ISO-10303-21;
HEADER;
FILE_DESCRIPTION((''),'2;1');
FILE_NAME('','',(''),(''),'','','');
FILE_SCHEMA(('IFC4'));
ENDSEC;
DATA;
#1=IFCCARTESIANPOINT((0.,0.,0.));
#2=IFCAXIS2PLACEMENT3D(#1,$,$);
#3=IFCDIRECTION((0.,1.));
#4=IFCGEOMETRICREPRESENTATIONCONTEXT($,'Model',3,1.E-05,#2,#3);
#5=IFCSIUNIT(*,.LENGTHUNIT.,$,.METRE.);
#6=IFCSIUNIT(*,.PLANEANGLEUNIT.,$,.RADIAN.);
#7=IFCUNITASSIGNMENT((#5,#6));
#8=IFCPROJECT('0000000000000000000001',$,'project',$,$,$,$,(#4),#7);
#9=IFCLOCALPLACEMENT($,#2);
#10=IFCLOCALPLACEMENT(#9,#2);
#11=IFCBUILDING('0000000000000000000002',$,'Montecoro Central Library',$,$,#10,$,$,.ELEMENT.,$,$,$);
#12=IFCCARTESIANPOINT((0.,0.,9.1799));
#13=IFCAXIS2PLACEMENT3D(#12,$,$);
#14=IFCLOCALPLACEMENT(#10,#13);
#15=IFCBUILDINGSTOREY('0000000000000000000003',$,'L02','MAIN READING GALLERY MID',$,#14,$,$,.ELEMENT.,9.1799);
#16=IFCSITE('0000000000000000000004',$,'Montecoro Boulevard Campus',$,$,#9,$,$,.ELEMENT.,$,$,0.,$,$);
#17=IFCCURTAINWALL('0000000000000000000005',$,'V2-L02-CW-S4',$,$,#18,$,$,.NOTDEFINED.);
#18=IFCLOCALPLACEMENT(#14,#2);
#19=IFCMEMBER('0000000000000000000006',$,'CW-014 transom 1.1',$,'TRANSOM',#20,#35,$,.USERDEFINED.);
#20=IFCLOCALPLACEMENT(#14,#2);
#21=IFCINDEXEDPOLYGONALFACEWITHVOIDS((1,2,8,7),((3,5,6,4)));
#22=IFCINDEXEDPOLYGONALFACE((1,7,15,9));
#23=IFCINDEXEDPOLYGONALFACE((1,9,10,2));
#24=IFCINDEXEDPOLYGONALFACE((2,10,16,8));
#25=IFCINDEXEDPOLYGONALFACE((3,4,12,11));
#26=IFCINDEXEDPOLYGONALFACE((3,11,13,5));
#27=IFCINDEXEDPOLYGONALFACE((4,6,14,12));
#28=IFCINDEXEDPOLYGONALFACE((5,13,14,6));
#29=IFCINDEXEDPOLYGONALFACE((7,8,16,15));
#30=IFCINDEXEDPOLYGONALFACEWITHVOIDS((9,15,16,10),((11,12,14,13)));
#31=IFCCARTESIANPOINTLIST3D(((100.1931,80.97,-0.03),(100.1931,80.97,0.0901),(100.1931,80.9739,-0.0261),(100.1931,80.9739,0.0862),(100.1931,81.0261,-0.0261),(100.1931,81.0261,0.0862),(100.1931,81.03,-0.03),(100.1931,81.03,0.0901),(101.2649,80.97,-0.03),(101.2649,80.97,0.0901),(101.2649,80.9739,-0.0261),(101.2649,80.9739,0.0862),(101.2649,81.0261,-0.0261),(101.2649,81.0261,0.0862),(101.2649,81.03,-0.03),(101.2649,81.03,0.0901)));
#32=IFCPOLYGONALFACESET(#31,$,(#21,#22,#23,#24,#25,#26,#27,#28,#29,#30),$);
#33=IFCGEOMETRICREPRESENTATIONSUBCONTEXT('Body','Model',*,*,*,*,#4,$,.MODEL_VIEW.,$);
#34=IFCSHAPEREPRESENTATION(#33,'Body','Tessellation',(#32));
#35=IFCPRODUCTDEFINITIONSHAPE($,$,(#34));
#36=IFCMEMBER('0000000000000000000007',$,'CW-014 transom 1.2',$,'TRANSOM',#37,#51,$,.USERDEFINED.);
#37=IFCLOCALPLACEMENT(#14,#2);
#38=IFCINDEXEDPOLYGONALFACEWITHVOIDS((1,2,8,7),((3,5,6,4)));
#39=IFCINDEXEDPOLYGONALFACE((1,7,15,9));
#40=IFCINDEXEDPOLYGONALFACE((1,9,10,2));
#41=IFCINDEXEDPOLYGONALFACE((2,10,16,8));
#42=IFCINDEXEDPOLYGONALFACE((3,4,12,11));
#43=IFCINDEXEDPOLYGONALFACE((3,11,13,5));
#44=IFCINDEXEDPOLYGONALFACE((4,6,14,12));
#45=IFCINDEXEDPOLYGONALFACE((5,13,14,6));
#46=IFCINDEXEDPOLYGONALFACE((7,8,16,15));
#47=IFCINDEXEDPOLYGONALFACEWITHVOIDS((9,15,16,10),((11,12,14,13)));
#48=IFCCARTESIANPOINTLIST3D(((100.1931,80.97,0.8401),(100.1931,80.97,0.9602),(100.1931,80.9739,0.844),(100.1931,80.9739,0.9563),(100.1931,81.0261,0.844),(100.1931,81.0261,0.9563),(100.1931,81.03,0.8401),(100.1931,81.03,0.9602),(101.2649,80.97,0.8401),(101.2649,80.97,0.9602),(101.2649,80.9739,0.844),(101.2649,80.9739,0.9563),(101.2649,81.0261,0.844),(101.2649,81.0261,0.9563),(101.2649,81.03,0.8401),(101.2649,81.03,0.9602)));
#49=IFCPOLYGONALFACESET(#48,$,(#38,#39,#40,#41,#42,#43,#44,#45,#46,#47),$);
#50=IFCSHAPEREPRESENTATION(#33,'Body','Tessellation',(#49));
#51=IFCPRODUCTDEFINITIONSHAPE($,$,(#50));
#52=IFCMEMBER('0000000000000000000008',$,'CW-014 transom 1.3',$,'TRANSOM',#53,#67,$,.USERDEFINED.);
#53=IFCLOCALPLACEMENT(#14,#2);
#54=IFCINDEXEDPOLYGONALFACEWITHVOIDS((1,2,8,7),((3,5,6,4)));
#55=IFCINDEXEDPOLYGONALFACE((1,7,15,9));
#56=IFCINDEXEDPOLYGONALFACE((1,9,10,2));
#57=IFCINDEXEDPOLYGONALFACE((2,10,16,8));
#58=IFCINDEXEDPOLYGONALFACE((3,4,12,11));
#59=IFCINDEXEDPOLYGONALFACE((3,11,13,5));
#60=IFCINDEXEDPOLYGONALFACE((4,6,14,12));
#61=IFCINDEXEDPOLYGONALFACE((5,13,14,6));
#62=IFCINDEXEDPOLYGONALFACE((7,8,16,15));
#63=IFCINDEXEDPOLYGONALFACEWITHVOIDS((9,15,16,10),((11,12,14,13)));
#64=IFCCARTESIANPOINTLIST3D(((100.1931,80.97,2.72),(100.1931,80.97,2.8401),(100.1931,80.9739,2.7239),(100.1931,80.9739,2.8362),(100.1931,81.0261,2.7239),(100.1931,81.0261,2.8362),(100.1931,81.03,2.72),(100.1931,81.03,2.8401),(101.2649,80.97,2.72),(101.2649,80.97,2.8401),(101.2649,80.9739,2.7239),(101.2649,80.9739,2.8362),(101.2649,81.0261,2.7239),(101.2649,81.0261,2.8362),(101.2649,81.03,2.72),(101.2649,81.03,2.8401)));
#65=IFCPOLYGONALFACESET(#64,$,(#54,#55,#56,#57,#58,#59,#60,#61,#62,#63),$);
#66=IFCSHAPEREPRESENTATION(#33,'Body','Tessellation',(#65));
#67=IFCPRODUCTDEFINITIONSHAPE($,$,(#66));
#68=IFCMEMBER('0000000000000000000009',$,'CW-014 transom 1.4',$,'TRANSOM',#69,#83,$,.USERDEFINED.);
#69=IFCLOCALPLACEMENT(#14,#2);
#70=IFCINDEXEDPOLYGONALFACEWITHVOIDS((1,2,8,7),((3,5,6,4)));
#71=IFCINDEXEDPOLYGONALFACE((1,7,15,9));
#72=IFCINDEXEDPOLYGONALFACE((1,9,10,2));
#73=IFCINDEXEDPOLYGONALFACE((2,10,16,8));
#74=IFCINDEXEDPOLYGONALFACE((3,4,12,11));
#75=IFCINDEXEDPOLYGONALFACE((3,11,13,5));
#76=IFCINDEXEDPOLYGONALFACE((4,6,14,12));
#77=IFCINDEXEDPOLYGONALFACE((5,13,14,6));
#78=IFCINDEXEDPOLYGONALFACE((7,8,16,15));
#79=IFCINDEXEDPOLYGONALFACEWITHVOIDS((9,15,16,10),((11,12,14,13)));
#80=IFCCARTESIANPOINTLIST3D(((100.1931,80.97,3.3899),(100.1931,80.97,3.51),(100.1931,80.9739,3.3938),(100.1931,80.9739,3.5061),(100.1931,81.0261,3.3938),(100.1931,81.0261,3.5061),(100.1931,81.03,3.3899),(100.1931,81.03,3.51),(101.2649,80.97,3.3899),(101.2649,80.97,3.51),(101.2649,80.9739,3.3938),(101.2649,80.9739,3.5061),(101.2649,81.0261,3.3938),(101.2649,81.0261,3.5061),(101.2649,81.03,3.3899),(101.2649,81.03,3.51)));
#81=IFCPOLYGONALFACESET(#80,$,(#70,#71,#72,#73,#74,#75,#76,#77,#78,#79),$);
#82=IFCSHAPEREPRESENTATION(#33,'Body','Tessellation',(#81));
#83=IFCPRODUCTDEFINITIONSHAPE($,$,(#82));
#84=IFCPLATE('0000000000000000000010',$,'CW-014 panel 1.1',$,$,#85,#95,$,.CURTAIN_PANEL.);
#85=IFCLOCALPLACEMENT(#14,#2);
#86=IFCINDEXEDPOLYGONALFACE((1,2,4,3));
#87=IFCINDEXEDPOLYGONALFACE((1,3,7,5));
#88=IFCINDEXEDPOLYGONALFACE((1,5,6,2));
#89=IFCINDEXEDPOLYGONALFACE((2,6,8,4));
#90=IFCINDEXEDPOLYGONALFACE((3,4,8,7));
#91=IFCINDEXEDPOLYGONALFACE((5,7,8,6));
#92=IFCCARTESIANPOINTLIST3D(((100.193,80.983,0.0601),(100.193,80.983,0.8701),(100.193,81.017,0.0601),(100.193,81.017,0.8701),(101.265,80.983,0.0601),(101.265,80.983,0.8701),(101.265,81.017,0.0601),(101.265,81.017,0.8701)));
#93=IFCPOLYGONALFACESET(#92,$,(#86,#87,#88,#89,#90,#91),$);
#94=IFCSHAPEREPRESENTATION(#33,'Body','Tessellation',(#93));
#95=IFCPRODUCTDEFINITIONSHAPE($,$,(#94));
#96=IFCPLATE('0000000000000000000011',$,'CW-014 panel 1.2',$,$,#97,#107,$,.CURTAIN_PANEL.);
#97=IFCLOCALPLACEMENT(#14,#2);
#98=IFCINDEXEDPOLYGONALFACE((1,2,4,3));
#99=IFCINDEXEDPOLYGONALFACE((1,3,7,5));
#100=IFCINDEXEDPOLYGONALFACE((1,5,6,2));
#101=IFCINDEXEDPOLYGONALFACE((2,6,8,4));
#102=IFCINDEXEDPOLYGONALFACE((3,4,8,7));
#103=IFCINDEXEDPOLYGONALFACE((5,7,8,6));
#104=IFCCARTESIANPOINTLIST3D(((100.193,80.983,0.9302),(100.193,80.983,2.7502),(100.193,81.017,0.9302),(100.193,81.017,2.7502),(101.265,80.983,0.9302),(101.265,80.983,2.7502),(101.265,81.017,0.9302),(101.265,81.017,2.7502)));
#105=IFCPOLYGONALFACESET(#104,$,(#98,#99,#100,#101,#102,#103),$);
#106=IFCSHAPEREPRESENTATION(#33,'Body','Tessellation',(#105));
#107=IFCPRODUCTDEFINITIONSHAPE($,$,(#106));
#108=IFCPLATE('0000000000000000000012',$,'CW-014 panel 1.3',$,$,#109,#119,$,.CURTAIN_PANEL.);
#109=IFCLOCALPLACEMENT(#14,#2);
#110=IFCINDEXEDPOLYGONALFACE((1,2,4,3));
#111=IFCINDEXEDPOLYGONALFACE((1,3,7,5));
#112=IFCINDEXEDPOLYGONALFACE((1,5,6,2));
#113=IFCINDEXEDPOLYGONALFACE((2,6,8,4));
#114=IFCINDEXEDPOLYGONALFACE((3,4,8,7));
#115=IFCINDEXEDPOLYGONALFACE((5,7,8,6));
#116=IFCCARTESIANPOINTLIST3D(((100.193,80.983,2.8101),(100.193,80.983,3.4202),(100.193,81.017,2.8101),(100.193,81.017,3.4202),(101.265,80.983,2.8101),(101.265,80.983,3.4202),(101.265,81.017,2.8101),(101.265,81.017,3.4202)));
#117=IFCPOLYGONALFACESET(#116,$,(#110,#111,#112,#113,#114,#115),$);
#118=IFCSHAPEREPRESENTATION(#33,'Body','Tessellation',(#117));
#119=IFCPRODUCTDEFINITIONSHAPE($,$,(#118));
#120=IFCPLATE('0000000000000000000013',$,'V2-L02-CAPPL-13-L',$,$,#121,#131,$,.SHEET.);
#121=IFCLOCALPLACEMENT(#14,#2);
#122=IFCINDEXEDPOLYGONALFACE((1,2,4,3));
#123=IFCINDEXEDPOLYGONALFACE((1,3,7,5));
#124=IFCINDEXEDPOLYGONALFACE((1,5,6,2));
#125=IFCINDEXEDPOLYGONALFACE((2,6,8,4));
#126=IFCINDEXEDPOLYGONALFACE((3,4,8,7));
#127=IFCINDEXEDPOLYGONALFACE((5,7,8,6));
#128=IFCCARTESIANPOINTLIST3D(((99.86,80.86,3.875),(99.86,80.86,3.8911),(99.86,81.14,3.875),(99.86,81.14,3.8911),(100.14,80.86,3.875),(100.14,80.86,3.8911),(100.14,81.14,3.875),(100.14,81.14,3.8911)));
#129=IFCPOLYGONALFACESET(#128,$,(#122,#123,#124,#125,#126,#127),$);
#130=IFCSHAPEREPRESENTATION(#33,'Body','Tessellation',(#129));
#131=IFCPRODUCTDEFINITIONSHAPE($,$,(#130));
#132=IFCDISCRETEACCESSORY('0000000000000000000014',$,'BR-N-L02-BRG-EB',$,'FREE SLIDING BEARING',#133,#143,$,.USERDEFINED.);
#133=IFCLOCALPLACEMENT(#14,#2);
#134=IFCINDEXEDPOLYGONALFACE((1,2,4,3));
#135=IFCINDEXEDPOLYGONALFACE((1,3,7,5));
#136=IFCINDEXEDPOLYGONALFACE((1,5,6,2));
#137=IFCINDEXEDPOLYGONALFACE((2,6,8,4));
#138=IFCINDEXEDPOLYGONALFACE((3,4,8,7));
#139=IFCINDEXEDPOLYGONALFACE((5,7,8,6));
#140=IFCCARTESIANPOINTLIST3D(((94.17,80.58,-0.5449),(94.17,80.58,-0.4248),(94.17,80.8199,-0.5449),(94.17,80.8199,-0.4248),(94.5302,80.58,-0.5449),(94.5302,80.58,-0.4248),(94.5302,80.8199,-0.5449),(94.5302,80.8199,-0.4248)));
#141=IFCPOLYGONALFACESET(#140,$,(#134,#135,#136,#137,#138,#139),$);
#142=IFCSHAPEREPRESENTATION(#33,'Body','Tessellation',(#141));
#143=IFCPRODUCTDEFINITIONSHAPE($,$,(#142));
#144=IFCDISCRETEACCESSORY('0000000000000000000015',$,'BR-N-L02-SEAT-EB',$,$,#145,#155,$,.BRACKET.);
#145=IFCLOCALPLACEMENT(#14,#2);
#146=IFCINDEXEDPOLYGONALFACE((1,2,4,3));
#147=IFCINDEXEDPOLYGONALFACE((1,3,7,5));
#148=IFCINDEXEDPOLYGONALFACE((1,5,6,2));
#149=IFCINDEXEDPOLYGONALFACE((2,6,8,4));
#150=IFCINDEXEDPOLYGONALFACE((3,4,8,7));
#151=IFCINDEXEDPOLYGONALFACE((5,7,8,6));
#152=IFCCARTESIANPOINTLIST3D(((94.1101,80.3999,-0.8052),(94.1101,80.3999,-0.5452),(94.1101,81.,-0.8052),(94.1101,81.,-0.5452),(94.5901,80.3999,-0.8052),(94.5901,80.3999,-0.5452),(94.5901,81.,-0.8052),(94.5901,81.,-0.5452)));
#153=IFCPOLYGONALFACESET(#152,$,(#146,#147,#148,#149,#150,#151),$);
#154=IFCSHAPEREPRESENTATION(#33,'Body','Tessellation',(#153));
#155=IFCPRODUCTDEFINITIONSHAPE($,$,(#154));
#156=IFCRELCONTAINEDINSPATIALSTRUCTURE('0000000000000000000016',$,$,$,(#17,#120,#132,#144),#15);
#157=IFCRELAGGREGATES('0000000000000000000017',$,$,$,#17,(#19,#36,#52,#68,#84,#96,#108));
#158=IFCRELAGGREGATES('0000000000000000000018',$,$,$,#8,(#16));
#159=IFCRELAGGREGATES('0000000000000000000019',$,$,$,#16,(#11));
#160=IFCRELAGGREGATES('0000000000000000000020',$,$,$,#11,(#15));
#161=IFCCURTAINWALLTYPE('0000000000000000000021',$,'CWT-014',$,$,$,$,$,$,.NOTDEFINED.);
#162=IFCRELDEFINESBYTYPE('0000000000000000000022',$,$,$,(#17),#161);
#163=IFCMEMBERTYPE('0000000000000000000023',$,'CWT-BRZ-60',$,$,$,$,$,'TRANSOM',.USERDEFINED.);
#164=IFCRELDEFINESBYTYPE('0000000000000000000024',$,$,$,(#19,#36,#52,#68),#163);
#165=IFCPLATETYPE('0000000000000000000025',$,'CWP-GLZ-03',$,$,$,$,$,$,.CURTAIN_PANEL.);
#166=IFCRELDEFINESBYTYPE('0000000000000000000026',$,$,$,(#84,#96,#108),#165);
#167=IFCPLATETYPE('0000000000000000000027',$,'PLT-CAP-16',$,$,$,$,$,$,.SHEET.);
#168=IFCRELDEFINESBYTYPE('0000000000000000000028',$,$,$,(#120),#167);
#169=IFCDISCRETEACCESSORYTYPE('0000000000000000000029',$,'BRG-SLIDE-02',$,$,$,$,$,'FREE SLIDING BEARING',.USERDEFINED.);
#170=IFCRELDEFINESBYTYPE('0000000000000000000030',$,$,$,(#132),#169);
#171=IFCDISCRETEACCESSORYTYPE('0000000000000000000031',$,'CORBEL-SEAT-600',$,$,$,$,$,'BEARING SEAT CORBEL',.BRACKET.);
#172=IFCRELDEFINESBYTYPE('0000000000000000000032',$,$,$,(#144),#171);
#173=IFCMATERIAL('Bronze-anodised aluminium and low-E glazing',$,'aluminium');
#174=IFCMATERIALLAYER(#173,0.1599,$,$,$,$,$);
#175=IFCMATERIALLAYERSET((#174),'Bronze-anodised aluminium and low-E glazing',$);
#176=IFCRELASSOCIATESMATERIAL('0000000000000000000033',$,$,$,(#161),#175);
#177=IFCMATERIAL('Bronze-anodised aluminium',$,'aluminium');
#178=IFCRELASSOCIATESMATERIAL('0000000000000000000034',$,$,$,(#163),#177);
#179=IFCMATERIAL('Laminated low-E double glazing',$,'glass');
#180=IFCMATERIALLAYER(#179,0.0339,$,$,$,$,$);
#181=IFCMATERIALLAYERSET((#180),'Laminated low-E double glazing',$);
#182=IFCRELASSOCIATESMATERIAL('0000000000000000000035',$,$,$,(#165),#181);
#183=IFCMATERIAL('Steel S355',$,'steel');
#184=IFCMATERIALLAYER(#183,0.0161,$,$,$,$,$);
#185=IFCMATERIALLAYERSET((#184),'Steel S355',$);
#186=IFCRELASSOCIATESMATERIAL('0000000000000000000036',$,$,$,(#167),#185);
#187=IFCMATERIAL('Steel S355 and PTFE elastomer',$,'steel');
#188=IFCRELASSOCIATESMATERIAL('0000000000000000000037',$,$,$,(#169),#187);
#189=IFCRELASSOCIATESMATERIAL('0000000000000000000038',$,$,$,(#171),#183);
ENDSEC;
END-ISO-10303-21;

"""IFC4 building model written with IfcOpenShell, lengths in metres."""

from ifc_helpers import new_model, si_unit, direction, frame, origin, origin_2d, place, context, subcontext, project, spatial, rectangle, hollow_rectangle, extrude, material, layer, layer_set, material_profile, profile_set, type_object, element, aggregate, save


model = new_model("IFC4")

# Units and contexts
model_context = context("Model", 3, precision=1e-05, world=origin(), true_north=direction((0.0, 1.0)))
body_context = subcontext(model_context, "Body", "Model", "MODEL_VIEW")
ifc_project = project(units=[si_unit("LENGTHUNIT", "METRE"), si_unit("PLANEANGLEUNIT", "RADIAN")], contexts=[model_context])

# Site, building, storey
site_placement = place(None, origin())
site = spatial("IfcSite", under=ifc_project, at=site_placement, Name="Montecoro Boulevard Campus", CompositionType="ELEMENT", RefElevation=0.0)
building_placement = place(site_placement, origin())
building = spatial("IfcBuilding", under=site, at=building_placement, Name="Montecoro Central Library", CompositionType="ELEMENT")
storey_placement = place(building_placement, frame((0.0, 0.0, 9.1799)))
storey = spatial("IfcBuildingStorey", under=building, at=storey_placement, Name="L02", Description="MAIN READING GALLERY MID", CompositionType="ELEMENT", Elevation=9.1799)

# Shared definitions
ifc_material_1 = material(Name="Steel S355", Category="steel")

# Curtain wall
ifc_material_2 = material(Name="Bronze-anodised aluminium and low-E glazing", Category="aluminium")
ifc_layer_1 = layer(ifc_material_2, 0.1599)
ifc_layer_set_1 = layer_set([ifc_layer_1], Name="Bronze-anodised aluminium and low-E glazing")
curtain_wall_type_1 = type_object("IfcCurtainWallType", Name="CWT-014", PredefinedType="NOTDEFINED", material=ifc_layer_set_1)
curtain_wall_1_placement = place(storey_placement, origin())
curtain_wall_1 = element("IfcCurtainWall", 1, at=curtain_wall_1_placement, inside=storey, type_object=curtain_wall_type_1, Name="V2-L02-CW-S4", PredefinedType="NOTDEFINED")
ifc_material_3 = material(Name="Bronze-anodised aluminium", Category="aluminium")

# Members
ifc_material_profile_1 = material_profile(ifc_material_3, hollow_rectangle(XDim=0.0601, YDim=0.1201, WallThickness=0.0039, at=origin_2d()), Name="CWT 120x60x4.0")
ifc_profile_set_1 = profile_set([ifc_material_profile_1], Name="Bronze-anodised aluminium")
member_type_1 = type_object("IfcMemberType", Name="CWT-BRZ-60", ElementType="TRANSOM", PredefinedType="USERDEFINED", material=ifc_profile_set_1)
member_1_placement = place(storey_placement, frame((100.1931, 81.0, 0.03), z_axis=(1.0, 0.0, 0.0), x_axis=(0.0, 1.0, 0.0)))
member_1 = element("IfcMember", 2, at=member_1_placement, type_object=member_type_1, Name="CW-014 transom 1.1", ObjectType="TRANSOM", PredefinedType="USERDEFINED", context=body_context, shape_type="SweptSolid", body=[
    extrude(hollow_rectangle(XDim=0.0601, YDim=0.1201, WallThickness=0.0039, at=origin_2d()), origin(), (0.0, 0.0, 1.0), 1.0718),
])
member_2_placement = place(storey_placement, frame((100.1931, 81.0, 0.9001), z_axis=(1.0, 0.0, 0.0), x_axis=(0.0, 1.0, 0.0)))
member_2 = element("IfcMember", 3, at=member_2_placement, type_object=member_type_1, Name="CW-014 transom 1.2", ObjectType="TRANSOM", PredefinedType="USERDEFINED", context=body_context, shape_type="SweptSolid", body=[
    extrude(hollow_rectangle(XDim=0.0601, YDim=0.1201, WallThickness=0.0039, at=origin_2d()), origin(), (0.0, 0.0, 1.0), 1.0718),
])
member_3_placement = place(storey_placement, frame((100.1931, 81.0, 2.78), z_axis=(1.0, 0.0, 0.0), x_axis=(0.0, 1.0, 0.0)))
member_3 = element("IfcMember", 4, at=member_3_placement, type_object=member_type_1, Name="CW-014 transom 1.3", ObjectType="TRANSOM", PredefinedType="USERDEFINED", context=body_context, shape_type="SweptSolid", body=[
    extrude(hollow_rectangle(XDim=0.0601, YDim=0.1201, WallThickness=0.0039, at=origin_2d()), origin(), (0.0, 0.0, 1.0), 1.0718),
])
member_4_placement = place(storey_placement, frame((100.1931, 81.0, 3.45), z_axis=(1.0, 0.0, 0.0), x_axis=(0.0, 1.0, 0.0)))
member_4 = element("IfcMember", 5, at=member_4_placement, type_object=member_type_1, Name="CW-014 transom 1.4", ObjectType="TRANSOM", PredefinedType="USERDEFINED", context=body_context, shape_type="SweptSolid", body=[
    extrude(hollow_rectangle(XDim=0.0601, YDim=0.1201, WallThickness=0.0039, at=origin_2d()), origin(), (0.0, 0.0, 1.0), 1.0718),
])

# Plates
ifc_material_4 = material(Name="Laminated low-E double glazing", Category="glass")
ifc_layer_2 = layer(ifc_material_4, 0.0339)
ifc_layer_set_2 = layer_set([ifc_layer_2], Name="Laminated low-E double glazing")
plate_type_1 = type_object("IfcPlateType", Name="CWP-GLZ-03", PredefinedType="CURTAIN_PANEL", material=ifc_layer_set_2)
plate_1_placement = place(storey_placement, frame((100.729, 81.0, 0.0601), z_axis=(0.0, 0.0, 1.0), x_axis=(1.0, 0.0, 0.0)))
plate_1 = element("IfcPlate", 6, at=plate_1_placement, type_object=plate_type_1, Name="CW-014 panel 1.1", PredefinedType="CURTAIN_PANEL", context=body_context, shape_type="SweptSolid", body=[
    extrude(rectangle(XDim=1.072, YDim=0.0339, at=origin_2d()), origin(), (0.0, 0.0, 1.0), 0.8101),
])
plate_2_placement = place(storey_placement, frame((100.729, 81.0, 0.9302), z_axis=(0.0, 0.0, 1.0), x_axis=(1.0, 0.0, 0.0)))
plate_2 = element("IfcPlate", 7, at=plate_2_placement, type_object=plate_type_1, Name="CW-014 panel 1.2", PredefinedType="CURTAIN_PANEL", context=body_context, shape_type="SweptSolid", body=[
    extrude(rectangle(XDim=1.072, YDim=0.0339, at=origin_2d()), origin(), (0.0, 0.0, 1.0), 1.8201),
])
plate_3_placement = place(storey_placement, frame((100.729, 81.0, 2.8101), z_axis=(0.0, 0.0, 1.0), x_axis=(1.0, 0.0, 0.0)))
plate_3 = element("IfcPlate", 8, at=plate_3_placement, type_object=plate_type_1, Name="CW-014 panel 1.3", PredefinedType="CURTAIN_PANEL", context=body_context, shape_type="SweptSolid", body=[
    extrude(rectangle(XDim=1.072, YDim=0.0339, at=origin_2d()), origin(), (0.0, 0.0, 1.0), 0.6101),
])
aggregate(curtain_wall_1, [member_1, member_2, member_3, member_4, plate_1, plate_2, plate_3])
ifc_layer_3 = layer(ifc_material_1, 0.0161)
ifc_layer_set_3 = layer_set([ifc_layer_3], Name="Steel S355")
plate_type_2 = type_object("IfcPlateType", Name="PLT-CAP-16", PredefinedType="SHEET", material=ifc_layer_set_3)
plate_4_placement = place(storey_placement, frame((100.0, 81.0, 3.875), z_axis=(0.0, 0.0, 1.0), x_axis=(1.0, 0.0, 0.0)))
element("IfcPlate", 9, at=plate_4_placement, inside=storey, type_object=plate_type_2, Name="V2-L02-CAPPL-13-L", PredefinedType="SHEET", context=body_context, shape_type="SweptSolid", body=[
    extrude(rectangle(XDim=0.28, YDim=0.28, at=origin_2d()), origin(), (0.0, 0.0, 1.0), 0.0161),
])

# Discrete accessories
ifc_material_5 = material(Name="Steel S355 and PTFE elastomer", Category="steel")
discrete_accessory_type_1 = type_object("IfcDiscreteAccessoryType", Name="BRG-SLIDE-02", ElementType="FREE SLIDING BEARING", PredefinedType="USERDEFINED", material=ifc_material_5)
discrete_accessory_1_placement = place(storey_placement, frame((94.3501, 80.7, -0.5449), z_axis=(0.0, 0.0, 1.0), x_axis=(1.0, 0.0, 0.0)))
element("IfcDiscreteAccessory", 10, at=discrete_accessory_1_placement, inside=storey, type_object=discrete_accessory_type_1, Name="BR-N-L02-BRG-EB", ObjectType="FREE SLIDING BEARING", PredefinedType="USERDEFINED", context=body_context, shape_type="SweptSolid", body=[
    extrude(rectangle(XDim=0.3601, YDim=0.24, at=origin_2d()), origin(), (0.0, 0.0, 1.0), 0.1201),
])
discrete_accessory_type_2 = type_object("IfcDiscreteAccessoryType", Name="CORBEL-SEAT-600", ElementType="BEARING SEAT CORBEL", PredefinedType="BRACKET", material=ifc_material_1)
discrete_accessory_2_placement = place(storey_placement, frame((94.3501, 80.7, -0.8052), z_axis=(0.0, 0.0, 1.0), x_axis=(1.0, 0.0, 0.0)))
element("IfcDiscreteAccessory", 11, at=discrete_accessory_2_placement, inside=storey, type_object=discrete_accessory_type_2, Name="BR-N-L02-SEAT-EB", PredefinedType="BRACKET", context=body_context, shape_type="SweptSolid", body=[
    extrude(rectangle(XDim=0.48, YDim=0.6001, at=origin_2d()), origin(), (0.0, 0.0, 1.0), 0.26),
])

save(model, "model.ifc")
